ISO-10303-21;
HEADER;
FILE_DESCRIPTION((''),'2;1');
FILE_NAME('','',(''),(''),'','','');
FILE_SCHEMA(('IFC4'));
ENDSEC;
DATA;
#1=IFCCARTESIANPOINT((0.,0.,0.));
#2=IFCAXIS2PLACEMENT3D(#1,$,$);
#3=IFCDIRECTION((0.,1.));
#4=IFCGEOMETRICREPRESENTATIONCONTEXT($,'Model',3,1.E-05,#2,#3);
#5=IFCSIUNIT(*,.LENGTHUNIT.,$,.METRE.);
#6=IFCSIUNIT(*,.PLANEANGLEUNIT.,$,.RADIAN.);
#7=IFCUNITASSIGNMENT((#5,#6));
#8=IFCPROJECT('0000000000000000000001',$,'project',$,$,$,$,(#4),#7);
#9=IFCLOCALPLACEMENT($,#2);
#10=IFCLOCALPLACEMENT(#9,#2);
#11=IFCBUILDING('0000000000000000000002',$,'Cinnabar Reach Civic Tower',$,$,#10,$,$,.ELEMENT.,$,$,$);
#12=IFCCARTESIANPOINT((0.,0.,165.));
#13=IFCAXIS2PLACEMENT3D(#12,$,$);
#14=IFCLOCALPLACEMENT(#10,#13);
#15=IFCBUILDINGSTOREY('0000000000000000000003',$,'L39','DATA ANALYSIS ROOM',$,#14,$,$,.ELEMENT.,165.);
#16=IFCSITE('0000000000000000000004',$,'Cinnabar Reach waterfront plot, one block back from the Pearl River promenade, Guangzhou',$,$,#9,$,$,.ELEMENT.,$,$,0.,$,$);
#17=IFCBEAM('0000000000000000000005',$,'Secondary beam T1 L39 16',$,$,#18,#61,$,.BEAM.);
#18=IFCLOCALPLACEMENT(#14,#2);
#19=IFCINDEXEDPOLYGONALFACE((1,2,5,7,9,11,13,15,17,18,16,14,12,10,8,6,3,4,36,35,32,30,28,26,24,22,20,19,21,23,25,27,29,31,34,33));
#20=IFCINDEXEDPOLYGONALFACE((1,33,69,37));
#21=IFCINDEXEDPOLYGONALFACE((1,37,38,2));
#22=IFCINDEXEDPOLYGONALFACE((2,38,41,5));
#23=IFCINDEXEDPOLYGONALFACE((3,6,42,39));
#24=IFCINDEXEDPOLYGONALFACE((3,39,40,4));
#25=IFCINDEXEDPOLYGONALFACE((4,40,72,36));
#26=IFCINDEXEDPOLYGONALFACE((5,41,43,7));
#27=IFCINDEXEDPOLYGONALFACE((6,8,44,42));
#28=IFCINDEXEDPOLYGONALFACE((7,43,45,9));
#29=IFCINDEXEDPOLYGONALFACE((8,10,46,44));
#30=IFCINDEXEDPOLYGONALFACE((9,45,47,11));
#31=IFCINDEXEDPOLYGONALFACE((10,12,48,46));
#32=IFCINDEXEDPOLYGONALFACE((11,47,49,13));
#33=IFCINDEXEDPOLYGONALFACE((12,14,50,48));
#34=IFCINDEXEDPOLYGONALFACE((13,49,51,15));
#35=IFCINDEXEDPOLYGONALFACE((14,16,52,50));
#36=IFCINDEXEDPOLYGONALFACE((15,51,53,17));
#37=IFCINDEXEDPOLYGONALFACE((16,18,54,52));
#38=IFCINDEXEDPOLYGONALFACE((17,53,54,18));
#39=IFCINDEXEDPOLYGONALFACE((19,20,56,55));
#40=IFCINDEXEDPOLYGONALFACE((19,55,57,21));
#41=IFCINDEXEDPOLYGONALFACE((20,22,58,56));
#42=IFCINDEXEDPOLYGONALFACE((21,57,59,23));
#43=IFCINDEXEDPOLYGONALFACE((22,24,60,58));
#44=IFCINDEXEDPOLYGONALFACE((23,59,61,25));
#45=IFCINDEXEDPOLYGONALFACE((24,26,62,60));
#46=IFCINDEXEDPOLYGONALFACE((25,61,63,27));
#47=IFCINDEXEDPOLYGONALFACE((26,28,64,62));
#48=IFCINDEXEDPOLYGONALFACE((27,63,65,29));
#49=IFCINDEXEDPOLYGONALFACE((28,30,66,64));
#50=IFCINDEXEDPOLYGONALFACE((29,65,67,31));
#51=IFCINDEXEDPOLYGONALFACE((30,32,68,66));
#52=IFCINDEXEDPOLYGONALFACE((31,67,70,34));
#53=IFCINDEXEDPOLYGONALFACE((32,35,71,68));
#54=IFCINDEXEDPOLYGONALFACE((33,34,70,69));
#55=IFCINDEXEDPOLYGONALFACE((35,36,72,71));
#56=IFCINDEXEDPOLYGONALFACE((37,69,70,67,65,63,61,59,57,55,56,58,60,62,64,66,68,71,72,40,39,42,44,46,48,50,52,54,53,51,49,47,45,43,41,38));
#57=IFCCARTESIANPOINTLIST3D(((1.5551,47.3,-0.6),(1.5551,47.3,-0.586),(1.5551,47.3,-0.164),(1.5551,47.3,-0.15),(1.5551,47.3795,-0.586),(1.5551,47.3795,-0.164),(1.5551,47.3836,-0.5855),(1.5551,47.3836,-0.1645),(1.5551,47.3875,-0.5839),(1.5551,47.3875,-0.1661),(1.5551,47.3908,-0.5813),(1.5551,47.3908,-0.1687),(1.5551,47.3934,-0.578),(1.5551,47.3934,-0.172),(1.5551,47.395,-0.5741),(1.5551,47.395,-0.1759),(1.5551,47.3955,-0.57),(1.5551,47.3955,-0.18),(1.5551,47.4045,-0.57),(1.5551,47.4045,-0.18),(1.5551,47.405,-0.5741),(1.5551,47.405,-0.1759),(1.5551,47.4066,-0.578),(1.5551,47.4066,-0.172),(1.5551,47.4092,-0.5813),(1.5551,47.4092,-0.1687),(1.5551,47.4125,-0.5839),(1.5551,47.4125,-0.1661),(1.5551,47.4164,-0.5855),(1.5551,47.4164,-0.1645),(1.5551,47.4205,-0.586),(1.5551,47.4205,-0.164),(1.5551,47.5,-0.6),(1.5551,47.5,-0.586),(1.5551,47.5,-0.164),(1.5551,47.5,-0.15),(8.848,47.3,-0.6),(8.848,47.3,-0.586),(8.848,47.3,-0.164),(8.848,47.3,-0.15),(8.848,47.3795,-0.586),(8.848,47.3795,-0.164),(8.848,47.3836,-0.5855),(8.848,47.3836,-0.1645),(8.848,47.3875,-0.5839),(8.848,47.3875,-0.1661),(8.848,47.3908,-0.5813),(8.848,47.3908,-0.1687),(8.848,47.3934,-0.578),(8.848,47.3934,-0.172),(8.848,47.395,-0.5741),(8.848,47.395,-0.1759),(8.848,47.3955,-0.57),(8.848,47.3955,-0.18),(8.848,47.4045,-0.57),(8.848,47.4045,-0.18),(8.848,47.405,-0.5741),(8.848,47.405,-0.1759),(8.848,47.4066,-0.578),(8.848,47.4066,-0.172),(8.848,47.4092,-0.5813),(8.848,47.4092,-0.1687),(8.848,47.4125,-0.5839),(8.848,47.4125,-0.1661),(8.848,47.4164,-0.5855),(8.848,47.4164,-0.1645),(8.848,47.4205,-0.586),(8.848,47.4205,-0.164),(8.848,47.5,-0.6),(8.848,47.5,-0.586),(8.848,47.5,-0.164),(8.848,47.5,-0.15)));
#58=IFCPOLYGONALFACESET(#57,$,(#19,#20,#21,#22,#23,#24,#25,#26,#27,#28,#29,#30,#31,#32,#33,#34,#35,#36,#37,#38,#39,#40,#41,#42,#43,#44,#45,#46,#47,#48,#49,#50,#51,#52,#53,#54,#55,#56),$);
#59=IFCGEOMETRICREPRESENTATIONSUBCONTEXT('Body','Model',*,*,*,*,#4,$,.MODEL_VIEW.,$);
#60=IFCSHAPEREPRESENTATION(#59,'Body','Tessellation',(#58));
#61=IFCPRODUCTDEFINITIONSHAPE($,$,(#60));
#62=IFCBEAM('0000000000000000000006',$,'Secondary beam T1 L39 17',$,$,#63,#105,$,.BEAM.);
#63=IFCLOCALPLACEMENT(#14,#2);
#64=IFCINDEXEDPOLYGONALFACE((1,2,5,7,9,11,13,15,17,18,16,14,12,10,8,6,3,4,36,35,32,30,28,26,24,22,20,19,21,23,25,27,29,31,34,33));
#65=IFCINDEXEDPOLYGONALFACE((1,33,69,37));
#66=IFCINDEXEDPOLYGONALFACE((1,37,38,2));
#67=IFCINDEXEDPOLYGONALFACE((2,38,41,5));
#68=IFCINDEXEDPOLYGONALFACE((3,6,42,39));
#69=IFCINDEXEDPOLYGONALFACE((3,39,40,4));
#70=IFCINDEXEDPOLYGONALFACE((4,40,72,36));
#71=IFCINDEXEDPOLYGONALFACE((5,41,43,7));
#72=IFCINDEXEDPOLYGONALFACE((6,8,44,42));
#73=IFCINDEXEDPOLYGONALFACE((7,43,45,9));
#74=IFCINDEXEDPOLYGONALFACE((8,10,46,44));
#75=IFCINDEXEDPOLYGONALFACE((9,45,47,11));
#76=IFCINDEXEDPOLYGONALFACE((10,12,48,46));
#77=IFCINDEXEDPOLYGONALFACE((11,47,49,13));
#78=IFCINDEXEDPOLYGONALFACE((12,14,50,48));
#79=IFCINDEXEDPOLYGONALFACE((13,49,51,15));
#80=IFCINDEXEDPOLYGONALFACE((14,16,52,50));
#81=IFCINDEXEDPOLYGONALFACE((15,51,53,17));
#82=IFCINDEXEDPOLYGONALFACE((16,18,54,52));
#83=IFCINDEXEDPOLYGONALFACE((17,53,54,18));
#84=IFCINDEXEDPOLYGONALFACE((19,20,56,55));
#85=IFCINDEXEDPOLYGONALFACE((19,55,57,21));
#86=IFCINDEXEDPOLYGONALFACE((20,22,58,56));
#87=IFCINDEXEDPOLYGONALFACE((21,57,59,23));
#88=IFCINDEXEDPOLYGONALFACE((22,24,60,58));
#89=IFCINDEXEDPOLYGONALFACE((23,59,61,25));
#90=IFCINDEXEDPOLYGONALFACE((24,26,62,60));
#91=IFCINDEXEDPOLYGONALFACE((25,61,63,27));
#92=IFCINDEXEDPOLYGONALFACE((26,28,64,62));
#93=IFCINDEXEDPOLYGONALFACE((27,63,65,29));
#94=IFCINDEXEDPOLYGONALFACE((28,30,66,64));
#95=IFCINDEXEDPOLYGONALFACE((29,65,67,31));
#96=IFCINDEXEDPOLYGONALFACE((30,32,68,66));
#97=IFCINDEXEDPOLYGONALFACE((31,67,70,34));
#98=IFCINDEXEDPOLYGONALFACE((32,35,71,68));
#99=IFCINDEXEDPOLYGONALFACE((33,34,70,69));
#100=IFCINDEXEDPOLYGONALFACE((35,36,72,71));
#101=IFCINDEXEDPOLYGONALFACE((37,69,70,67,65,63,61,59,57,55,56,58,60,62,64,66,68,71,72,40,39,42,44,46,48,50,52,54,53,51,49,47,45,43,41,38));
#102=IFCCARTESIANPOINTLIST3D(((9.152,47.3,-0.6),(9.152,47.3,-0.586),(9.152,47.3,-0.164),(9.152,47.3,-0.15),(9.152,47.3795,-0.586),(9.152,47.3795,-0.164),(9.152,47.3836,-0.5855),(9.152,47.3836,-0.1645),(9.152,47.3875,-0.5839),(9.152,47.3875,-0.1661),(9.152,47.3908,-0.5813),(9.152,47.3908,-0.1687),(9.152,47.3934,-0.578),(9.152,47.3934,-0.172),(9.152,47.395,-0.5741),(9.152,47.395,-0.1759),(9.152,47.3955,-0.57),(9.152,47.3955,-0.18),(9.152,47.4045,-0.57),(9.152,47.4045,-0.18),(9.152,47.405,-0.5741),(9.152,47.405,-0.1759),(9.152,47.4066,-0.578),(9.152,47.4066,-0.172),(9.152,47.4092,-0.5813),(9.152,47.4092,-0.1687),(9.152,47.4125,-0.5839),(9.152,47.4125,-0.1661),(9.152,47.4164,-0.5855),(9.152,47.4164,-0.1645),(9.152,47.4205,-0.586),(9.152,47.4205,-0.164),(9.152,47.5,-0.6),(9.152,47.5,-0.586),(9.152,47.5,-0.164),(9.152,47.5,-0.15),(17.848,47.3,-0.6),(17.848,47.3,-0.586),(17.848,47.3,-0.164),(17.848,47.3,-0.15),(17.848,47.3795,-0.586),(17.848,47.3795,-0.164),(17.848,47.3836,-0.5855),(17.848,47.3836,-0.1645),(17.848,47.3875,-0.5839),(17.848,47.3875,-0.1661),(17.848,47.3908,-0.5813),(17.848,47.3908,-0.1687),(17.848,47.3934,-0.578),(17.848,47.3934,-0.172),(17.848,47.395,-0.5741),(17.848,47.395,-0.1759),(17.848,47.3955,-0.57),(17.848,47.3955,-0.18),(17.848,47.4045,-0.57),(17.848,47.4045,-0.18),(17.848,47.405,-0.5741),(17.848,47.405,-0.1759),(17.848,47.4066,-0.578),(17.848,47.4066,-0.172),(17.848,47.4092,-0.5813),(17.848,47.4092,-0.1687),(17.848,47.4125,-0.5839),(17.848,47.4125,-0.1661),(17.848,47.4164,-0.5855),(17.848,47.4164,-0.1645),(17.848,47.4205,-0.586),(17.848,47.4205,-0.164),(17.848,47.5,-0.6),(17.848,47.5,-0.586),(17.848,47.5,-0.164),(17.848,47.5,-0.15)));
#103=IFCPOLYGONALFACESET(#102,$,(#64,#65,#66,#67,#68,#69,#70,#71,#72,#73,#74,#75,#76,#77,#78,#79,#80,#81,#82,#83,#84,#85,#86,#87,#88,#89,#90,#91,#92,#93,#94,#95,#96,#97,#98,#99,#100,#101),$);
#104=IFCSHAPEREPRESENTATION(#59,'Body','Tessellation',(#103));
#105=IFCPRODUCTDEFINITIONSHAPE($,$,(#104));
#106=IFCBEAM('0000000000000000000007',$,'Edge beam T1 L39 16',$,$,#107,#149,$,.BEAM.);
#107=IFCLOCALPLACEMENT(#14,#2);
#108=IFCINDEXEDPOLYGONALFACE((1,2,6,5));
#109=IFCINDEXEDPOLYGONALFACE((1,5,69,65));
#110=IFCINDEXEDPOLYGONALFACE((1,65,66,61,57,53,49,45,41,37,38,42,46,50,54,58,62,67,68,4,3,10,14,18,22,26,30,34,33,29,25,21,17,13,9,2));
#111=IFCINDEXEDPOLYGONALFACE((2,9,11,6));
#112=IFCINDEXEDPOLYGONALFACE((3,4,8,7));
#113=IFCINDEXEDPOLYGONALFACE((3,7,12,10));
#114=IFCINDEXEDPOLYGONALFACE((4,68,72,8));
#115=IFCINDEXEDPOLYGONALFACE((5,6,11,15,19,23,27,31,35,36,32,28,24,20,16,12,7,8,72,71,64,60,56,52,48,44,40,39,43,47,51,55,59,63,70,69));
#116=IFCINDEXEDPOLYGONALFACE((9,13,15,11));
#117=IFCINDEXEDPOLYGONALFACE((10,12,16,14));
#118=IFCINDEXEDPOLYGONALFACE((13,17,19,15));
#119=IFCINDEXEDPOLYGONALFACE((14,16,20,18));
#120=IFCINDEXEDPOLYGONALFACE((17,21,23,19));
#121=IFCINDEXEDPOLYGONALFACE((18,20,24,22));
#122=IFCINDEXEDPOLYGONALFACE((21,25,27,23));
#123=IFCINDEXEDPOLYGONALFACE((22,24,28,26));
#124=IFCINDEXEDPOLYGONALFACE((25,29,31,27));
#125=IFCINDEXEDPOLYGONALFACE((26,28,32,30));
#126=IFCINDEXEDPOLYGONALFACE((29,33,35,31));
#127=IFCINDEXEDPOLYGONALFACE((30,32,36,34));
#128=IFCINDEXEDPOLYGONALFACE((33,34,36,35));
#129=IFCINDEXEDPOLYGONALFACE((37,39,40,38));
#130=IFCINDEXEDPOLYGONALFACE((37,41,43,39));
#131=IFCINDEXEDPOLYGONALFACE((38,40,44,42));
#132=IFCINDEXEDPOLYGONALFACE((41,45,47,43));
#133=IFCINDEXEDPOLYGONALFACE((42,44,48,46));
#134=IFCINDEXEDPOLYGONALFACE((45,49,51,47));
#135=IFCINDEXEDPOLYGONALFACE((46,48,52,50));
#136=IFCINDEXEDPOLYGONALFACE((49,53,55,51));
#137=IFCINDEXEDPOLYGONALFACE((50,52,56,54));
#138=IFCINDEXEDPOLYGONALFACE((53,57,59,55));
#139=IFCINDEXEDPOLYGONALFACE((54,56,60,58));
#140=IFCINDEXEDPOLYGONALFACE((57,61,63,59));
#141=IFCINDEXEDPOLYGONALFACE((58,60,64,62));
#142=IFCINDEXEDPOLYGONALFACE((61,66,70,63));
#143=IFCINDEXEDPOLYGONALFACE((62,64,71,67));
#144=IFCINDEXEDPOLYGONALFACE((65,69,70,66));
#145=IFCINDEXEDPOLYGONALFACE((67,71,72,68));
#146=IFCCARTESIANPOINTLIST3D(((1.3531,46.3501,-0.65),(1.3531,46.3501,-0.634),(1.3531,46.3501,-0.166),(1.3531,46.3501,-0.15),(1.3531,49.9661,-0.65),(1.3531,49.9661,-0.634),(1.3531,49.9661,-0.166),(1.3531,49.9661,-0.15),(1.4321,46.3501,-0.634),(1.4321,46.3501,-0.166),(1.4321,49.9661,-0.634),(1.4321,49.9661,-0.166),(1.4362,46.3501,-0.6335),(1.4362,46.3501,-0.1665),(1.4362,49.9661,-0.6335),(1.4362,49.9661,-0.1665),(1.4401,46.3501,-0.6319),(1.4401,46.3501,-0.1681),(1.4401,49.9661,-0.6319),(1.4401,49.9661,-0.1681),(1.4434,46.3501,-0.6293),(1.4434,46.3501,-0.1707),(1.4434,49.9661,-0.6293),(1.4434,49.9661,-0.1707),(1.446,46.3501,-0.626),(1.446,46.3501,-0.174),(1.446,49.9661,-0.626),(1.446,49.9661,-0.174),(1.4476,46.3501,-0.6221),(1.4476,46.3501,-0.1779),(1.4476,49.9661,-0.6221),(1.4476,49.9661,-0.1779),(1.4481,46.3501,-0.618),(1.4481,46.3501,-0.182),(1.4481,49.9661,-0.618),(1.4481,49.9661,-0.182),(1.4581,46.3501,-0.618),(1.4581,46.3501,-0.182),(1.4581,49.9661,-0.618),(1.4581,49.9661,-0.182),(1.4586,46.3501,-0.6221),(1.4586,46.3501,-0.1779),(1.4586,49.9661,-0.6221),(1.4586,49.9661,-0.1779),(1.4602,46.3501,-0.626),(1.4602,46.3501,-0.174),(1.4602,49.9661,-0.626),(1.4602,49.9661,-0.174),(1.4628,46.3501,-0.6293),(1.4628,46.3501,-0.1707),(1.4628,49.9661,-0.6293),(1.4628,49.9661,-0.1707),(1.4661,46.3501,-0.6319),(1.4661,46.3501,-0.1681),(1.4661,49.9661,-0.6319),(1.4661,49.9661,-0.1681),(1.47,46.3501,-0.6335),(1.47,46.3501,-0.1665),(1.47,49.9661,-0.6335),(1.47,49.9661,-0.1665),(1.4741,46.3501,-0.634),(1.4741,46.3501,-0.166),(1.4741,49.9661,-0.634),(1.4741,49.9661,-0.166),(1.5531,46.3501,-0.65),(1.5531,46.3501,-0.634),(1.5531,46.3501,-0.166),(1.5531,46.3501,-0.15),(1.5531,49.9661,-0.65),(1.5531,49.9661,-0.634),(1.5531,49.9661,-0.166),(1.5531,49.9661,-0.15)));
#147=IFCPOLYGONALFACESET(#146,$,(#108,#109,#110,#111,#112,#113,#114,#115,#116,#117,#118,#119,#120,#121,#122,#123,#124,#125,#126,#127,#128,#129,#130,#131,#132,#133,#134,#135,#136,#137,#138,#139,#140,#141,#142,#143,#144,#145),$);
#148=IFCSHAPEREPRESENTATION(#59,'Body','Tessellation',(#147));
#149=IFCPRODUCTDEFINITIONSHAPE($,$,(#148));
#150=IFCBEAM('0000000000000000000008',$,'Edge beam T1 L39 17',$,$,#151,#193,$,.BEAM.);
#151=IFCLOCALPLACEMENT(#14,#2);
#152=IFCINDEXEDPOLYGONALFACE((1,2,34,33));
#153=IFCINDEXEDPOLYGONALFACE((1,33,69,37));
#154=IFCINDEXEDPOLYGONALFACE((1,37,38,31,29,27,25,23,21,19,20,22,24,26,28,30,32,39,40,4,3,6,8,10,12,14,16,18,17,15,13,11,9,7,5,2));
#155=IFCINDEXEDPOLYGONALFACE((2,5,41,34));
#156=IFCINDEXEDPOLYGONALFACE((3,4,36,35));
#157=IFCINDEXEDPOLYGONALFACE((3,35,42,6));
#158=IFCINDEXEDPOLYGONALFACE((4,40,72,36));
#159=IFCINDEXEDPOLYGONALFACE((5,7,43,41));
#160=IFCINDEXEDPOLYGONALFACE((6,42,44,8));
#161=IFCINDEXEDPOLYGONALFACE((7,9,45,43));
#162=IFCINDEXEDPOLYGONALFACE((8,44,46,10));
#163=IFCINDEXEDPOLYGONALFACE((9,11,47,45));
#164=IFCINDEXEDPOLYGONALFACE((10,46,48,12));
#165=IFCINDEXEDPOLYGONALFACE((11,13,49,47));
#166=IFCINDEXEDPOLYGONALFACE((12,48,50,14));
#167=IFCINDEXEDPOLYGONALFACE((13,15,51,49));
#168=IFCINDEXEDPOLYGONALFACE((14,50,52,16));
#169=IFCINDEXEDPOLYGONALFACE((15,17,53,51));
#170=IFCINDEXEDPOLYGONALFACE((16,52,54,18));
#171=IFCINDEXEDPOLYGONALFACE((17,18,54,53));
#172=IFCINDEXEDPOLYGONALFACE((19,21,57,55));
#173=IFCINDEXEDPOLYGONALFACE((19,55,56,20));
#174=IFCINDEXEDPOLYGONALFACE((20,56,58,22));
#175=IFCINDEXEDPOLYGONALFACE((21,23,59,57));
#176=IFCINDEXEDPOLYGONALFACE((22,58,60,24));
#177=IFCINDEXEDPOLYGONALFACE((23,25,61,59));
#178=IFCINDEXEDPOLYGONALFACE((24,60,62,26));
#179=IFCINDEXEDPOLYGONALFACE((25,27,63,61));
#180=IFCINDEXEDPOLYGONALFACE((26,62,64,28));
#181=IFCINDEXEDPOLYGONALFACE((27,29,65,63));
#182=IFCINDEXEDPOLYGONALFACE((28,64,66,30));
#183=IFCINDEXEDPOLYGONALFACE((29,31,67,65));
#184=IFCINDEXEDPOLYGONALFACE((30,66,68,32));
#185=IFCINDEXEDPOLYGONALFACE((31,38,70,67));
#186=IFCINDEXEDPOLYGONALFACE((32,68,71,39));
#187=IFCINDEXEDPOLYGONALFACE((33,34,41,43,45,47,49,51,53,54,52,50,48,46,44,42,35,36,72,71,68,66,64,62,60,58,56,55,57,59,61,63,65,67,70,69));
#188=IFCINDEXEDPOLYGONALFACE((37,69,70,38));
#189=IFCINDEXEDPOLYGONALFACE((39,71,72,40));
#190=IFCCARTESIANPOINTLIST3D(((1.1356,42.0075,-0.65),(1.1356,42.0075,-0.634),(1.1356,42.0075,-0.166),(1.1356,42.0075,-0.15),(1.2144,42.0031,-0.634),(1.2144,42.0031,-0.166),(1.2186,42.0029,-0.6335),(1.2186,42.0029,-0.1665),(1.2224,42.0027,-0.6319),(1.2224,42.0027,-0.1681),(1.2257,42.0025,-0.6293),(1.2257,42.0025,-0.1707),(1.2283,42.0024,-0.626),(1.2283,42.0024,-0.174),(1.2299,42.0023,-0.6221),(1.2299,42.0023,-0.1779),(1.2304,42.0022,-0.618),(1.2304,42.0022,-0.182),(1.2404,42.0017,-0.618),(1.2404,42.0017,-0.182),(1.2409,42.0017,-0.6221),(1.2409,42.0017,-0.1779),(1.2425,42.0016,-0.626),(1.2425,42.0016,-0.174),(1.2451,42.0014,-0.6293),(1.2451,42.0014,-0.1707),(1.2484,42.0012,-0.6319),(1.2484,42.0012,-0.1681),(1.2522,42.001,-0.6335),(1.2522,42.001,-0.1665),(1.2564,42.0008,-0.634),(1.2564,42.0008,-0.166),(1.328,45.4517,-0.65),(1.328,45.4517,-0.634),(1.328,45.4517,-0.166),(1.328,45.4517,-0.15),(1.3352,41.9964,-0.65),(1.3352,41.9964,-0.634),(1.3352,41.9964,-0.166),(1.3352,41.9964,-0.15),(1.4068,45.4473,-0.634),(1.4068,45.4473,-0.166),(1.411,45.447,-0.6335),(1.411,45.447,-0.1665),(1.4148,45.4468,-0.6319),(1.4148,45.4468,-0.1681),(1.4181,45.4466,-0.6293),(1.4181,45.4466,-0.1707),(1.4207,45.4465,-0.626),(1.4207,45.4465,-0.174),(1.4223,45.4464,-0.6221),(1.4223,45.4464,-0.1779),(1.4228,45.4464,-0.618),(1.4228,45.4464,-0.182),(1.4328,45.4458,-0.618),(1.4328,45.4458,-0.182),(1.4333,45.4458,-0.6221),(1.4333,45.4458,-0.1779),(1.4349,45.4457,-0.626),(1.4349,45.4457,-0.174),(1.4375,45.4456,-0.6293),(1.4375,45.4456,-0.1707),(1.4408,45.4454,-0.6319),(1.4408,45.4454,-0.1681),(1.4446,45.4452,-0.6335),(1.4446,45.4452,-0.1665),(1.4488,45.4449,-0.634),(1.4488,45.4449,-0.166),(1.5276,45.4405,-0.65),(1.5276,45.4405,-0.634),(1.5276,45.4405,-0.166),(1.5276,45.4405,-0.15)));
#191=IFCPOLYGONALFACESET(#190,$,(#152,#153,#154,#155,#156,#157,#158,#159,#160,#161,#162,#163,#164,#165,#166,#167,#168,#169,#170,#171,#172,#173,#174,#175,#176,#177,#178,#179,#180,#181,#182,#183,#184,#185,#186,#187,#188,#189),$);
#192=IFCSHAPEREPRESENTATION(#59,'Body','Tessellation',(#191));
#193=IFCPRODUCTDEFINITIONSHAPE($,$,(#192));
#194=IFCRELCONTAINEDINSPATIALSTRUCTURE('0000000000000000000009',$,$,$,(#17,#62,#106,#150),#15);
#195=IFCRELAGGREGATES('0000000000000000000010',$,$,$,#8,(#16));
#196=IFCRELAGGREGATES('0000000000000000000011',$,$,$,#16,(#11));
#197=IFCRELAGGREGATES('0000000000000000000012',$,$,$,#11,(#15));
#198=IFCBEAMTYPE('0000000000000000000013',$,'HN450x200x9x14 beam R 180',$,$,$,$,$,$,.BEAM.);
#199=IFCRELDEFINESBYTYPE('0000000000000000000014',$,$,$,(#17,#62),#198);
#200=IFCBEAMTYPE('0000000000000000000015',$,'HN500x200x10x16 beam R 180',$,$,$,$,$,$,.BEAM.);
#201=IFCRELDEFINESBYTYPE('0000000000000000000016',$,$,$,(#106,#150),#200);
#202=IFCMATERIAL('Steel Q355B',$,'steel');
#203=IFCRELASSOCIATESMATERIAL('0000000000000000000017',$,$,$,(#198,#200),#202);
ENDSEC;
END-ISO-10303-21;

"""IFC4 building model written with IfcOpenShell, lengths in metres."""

from ifc_helpers import new_model, si_unit, direction, frame, origin, origin_2d, place, context, subcontext, project, spatial, i_section, extrude, material, material_profile, profile_set, type_object, element, save


model = new_model("IFC4")

# Units and contexts
model_context = context("Model", 3, precision=1e-05, world=origin(), true_north=direction((0.0, 1.0)))
body_context = subcontext(model_context, "Body", "Model", "MODEL_VIEW")
ifc_project = project(units=[si_unit("LENGTHUNIT", "METRE"), si_unit("PLANEANGLEUNIT", "RADIAN")], contexts=[model_context])

# Site, building, storey
site_placement = place(None, origin())
site = spatial("IfcSite", under=ifc_project, at=site_placement, Name="Cinnabar Reach waterfront plot, one block back from the Pearl River promenade, Guangzhou", CompositionType="ELEMENT", RefElevation=0.0)
building_placement = place(site_placement, origin())
building = spatial("IfcBuilding", under=site, at=building_placement, Name="Cinnabar Reach Civic Tower", CompositionType="ELEMENT")
storey_placement = place(building_placement, frame((0.0, 0.0, 165.0)))
storey = spatial("IfcBuildingStorey", under=building, at=storey_placement, Name="L39", Description="DATA ANALYSIS ROOM", CompositionType="ELEMENT", Elevation=165.0)

# Beams
ifc_material_1 = material(Name="Steel Q355B", Category="steel")
ifc_material_profile_1 = material_profile(ifc_material_1, i_section(OverallWidth=0.2, OverallDepth=0.45, WebThickness=0.009, FlangeThickness=0.014, FilletRadius=0.016, at=origin_2d()), Name="HN450x200x9x14")
ifc_profile_set_1 = profile_set([ifc_material_profile_1], Name="Steel Q355B")
beam_type_1 = type_object("IfcBeamType", Name="HN450x200x9x14 beam R 180", PredefinedType="BEAM", material=ifc_profile_set_1)
beam_1_placement = place(storey_placement, frame((1.5551, 47.4, -0.375), z_axis=(1.0, 0.0, 0.0), x_axis=(0.0, 1.0, 0.0)))
element("IfcBeam", 1, at=beam_1_placement, inside=storey, type_object=beam_type_1, Name="Secondary beam T1 L39 16", PredefinedType="BEAM", context=body_context, shape_type="SweptSolid", body=[
    extrude(i_section(OverallWidth=0.2, OverallDepth=0.45, WebThickness=0.009, FlangeThickness=0.014, FilletRadius=0.016, at=origin_2d()), origin(), (0.0, 0.0, 1.0), 7.2929),
])
beam_2_placement = place(storey_placement, frame((9.152, 47.4, -0.375), z_axis=(1.0, 0.0, 0.0), x_axis=(0.0, 1.0, 0.0)))
element("IfcBeam", 2, at=beam_2_placement, inside=storey, type_object=beam_type_1, Name="Secondary beam T1 L39 17", PredefinedType="BEAM", context=body_context, shape_type="SweptSolid", body=[
    extrude(i_section(OverallWidth=0.2, OverallDepth=0.45, WebThickness=0.009, FlangeThickness=0.014, FilletRadius=0.016, at=origin_2d()), origin(), (0.0, 0.0, 1.0), 8.696),
])
ifc_material_profile_2 = material_profile(ifc_material_1, i_section(OverallWidth=0.2, OverallDepth=0.5, WebThickness=0.01, FlangeThickness=0.016, FilletRadius=0.016, at=origin_2d()), Name="HN500x200x10x16")
ifc_profile_set_2 = profile_set([ifc_material_profile_2], Name="Steel Q355B")
beam_type_2 = type_object("IfcBeamType", Name="HN500x200x10x16 beam R 180", PredefinedType="BEAM", material=ifc_profile_set_2)
beam_3_placement = place(storey_placement, frame((1.4531, 49.9661, -0.4), z_axis=(0.0, -1.0, 0.0), x_axis=(1.0, 0.0, 0.0)))
element("IfcBeam", 3, at=beam_3_placement, inside=storey, type_object=beam_type_2, Name="Edge beam T1 L39 16", PredefinedType="BEAM", context=body_context, shape_type="SweptSolid", body=[
    extrude(i_section(OverallWidth=0.2, OverallDepth=0.5, WebThickness=0.01, FlangeThickness=0.016, FilletRadius=0.016, at=origin_2d()), origin(), (0.0, 0.0, 1.0), 3.616),
])
beam_4_placement = place(storey_placement, frame((1.4278, 45.4461, -0.4), z_axis=(-0.055777, -0.998443, 0.0), x_axis=(0.998443, -0.055777, 0.0)))
element("IfcBeam", 4, at=beam_4_placement, inside=storey, type_object=beam_type_2, Name="Edge beam T1 L39 17", PredefinedType="BEAM", context=body_context, shape_type="SweptSolid", body=[
    extrude(i_section(OverallWidth=0.2, OverallDepth=0.5, WebThickness=0.01, FlangeThickness=0.016, FilletRadius=0.016, at=origin_2d()), origin(), (0.0, 0.0, 1.0), 3.4495),
])

save(model, "model.ifc")
